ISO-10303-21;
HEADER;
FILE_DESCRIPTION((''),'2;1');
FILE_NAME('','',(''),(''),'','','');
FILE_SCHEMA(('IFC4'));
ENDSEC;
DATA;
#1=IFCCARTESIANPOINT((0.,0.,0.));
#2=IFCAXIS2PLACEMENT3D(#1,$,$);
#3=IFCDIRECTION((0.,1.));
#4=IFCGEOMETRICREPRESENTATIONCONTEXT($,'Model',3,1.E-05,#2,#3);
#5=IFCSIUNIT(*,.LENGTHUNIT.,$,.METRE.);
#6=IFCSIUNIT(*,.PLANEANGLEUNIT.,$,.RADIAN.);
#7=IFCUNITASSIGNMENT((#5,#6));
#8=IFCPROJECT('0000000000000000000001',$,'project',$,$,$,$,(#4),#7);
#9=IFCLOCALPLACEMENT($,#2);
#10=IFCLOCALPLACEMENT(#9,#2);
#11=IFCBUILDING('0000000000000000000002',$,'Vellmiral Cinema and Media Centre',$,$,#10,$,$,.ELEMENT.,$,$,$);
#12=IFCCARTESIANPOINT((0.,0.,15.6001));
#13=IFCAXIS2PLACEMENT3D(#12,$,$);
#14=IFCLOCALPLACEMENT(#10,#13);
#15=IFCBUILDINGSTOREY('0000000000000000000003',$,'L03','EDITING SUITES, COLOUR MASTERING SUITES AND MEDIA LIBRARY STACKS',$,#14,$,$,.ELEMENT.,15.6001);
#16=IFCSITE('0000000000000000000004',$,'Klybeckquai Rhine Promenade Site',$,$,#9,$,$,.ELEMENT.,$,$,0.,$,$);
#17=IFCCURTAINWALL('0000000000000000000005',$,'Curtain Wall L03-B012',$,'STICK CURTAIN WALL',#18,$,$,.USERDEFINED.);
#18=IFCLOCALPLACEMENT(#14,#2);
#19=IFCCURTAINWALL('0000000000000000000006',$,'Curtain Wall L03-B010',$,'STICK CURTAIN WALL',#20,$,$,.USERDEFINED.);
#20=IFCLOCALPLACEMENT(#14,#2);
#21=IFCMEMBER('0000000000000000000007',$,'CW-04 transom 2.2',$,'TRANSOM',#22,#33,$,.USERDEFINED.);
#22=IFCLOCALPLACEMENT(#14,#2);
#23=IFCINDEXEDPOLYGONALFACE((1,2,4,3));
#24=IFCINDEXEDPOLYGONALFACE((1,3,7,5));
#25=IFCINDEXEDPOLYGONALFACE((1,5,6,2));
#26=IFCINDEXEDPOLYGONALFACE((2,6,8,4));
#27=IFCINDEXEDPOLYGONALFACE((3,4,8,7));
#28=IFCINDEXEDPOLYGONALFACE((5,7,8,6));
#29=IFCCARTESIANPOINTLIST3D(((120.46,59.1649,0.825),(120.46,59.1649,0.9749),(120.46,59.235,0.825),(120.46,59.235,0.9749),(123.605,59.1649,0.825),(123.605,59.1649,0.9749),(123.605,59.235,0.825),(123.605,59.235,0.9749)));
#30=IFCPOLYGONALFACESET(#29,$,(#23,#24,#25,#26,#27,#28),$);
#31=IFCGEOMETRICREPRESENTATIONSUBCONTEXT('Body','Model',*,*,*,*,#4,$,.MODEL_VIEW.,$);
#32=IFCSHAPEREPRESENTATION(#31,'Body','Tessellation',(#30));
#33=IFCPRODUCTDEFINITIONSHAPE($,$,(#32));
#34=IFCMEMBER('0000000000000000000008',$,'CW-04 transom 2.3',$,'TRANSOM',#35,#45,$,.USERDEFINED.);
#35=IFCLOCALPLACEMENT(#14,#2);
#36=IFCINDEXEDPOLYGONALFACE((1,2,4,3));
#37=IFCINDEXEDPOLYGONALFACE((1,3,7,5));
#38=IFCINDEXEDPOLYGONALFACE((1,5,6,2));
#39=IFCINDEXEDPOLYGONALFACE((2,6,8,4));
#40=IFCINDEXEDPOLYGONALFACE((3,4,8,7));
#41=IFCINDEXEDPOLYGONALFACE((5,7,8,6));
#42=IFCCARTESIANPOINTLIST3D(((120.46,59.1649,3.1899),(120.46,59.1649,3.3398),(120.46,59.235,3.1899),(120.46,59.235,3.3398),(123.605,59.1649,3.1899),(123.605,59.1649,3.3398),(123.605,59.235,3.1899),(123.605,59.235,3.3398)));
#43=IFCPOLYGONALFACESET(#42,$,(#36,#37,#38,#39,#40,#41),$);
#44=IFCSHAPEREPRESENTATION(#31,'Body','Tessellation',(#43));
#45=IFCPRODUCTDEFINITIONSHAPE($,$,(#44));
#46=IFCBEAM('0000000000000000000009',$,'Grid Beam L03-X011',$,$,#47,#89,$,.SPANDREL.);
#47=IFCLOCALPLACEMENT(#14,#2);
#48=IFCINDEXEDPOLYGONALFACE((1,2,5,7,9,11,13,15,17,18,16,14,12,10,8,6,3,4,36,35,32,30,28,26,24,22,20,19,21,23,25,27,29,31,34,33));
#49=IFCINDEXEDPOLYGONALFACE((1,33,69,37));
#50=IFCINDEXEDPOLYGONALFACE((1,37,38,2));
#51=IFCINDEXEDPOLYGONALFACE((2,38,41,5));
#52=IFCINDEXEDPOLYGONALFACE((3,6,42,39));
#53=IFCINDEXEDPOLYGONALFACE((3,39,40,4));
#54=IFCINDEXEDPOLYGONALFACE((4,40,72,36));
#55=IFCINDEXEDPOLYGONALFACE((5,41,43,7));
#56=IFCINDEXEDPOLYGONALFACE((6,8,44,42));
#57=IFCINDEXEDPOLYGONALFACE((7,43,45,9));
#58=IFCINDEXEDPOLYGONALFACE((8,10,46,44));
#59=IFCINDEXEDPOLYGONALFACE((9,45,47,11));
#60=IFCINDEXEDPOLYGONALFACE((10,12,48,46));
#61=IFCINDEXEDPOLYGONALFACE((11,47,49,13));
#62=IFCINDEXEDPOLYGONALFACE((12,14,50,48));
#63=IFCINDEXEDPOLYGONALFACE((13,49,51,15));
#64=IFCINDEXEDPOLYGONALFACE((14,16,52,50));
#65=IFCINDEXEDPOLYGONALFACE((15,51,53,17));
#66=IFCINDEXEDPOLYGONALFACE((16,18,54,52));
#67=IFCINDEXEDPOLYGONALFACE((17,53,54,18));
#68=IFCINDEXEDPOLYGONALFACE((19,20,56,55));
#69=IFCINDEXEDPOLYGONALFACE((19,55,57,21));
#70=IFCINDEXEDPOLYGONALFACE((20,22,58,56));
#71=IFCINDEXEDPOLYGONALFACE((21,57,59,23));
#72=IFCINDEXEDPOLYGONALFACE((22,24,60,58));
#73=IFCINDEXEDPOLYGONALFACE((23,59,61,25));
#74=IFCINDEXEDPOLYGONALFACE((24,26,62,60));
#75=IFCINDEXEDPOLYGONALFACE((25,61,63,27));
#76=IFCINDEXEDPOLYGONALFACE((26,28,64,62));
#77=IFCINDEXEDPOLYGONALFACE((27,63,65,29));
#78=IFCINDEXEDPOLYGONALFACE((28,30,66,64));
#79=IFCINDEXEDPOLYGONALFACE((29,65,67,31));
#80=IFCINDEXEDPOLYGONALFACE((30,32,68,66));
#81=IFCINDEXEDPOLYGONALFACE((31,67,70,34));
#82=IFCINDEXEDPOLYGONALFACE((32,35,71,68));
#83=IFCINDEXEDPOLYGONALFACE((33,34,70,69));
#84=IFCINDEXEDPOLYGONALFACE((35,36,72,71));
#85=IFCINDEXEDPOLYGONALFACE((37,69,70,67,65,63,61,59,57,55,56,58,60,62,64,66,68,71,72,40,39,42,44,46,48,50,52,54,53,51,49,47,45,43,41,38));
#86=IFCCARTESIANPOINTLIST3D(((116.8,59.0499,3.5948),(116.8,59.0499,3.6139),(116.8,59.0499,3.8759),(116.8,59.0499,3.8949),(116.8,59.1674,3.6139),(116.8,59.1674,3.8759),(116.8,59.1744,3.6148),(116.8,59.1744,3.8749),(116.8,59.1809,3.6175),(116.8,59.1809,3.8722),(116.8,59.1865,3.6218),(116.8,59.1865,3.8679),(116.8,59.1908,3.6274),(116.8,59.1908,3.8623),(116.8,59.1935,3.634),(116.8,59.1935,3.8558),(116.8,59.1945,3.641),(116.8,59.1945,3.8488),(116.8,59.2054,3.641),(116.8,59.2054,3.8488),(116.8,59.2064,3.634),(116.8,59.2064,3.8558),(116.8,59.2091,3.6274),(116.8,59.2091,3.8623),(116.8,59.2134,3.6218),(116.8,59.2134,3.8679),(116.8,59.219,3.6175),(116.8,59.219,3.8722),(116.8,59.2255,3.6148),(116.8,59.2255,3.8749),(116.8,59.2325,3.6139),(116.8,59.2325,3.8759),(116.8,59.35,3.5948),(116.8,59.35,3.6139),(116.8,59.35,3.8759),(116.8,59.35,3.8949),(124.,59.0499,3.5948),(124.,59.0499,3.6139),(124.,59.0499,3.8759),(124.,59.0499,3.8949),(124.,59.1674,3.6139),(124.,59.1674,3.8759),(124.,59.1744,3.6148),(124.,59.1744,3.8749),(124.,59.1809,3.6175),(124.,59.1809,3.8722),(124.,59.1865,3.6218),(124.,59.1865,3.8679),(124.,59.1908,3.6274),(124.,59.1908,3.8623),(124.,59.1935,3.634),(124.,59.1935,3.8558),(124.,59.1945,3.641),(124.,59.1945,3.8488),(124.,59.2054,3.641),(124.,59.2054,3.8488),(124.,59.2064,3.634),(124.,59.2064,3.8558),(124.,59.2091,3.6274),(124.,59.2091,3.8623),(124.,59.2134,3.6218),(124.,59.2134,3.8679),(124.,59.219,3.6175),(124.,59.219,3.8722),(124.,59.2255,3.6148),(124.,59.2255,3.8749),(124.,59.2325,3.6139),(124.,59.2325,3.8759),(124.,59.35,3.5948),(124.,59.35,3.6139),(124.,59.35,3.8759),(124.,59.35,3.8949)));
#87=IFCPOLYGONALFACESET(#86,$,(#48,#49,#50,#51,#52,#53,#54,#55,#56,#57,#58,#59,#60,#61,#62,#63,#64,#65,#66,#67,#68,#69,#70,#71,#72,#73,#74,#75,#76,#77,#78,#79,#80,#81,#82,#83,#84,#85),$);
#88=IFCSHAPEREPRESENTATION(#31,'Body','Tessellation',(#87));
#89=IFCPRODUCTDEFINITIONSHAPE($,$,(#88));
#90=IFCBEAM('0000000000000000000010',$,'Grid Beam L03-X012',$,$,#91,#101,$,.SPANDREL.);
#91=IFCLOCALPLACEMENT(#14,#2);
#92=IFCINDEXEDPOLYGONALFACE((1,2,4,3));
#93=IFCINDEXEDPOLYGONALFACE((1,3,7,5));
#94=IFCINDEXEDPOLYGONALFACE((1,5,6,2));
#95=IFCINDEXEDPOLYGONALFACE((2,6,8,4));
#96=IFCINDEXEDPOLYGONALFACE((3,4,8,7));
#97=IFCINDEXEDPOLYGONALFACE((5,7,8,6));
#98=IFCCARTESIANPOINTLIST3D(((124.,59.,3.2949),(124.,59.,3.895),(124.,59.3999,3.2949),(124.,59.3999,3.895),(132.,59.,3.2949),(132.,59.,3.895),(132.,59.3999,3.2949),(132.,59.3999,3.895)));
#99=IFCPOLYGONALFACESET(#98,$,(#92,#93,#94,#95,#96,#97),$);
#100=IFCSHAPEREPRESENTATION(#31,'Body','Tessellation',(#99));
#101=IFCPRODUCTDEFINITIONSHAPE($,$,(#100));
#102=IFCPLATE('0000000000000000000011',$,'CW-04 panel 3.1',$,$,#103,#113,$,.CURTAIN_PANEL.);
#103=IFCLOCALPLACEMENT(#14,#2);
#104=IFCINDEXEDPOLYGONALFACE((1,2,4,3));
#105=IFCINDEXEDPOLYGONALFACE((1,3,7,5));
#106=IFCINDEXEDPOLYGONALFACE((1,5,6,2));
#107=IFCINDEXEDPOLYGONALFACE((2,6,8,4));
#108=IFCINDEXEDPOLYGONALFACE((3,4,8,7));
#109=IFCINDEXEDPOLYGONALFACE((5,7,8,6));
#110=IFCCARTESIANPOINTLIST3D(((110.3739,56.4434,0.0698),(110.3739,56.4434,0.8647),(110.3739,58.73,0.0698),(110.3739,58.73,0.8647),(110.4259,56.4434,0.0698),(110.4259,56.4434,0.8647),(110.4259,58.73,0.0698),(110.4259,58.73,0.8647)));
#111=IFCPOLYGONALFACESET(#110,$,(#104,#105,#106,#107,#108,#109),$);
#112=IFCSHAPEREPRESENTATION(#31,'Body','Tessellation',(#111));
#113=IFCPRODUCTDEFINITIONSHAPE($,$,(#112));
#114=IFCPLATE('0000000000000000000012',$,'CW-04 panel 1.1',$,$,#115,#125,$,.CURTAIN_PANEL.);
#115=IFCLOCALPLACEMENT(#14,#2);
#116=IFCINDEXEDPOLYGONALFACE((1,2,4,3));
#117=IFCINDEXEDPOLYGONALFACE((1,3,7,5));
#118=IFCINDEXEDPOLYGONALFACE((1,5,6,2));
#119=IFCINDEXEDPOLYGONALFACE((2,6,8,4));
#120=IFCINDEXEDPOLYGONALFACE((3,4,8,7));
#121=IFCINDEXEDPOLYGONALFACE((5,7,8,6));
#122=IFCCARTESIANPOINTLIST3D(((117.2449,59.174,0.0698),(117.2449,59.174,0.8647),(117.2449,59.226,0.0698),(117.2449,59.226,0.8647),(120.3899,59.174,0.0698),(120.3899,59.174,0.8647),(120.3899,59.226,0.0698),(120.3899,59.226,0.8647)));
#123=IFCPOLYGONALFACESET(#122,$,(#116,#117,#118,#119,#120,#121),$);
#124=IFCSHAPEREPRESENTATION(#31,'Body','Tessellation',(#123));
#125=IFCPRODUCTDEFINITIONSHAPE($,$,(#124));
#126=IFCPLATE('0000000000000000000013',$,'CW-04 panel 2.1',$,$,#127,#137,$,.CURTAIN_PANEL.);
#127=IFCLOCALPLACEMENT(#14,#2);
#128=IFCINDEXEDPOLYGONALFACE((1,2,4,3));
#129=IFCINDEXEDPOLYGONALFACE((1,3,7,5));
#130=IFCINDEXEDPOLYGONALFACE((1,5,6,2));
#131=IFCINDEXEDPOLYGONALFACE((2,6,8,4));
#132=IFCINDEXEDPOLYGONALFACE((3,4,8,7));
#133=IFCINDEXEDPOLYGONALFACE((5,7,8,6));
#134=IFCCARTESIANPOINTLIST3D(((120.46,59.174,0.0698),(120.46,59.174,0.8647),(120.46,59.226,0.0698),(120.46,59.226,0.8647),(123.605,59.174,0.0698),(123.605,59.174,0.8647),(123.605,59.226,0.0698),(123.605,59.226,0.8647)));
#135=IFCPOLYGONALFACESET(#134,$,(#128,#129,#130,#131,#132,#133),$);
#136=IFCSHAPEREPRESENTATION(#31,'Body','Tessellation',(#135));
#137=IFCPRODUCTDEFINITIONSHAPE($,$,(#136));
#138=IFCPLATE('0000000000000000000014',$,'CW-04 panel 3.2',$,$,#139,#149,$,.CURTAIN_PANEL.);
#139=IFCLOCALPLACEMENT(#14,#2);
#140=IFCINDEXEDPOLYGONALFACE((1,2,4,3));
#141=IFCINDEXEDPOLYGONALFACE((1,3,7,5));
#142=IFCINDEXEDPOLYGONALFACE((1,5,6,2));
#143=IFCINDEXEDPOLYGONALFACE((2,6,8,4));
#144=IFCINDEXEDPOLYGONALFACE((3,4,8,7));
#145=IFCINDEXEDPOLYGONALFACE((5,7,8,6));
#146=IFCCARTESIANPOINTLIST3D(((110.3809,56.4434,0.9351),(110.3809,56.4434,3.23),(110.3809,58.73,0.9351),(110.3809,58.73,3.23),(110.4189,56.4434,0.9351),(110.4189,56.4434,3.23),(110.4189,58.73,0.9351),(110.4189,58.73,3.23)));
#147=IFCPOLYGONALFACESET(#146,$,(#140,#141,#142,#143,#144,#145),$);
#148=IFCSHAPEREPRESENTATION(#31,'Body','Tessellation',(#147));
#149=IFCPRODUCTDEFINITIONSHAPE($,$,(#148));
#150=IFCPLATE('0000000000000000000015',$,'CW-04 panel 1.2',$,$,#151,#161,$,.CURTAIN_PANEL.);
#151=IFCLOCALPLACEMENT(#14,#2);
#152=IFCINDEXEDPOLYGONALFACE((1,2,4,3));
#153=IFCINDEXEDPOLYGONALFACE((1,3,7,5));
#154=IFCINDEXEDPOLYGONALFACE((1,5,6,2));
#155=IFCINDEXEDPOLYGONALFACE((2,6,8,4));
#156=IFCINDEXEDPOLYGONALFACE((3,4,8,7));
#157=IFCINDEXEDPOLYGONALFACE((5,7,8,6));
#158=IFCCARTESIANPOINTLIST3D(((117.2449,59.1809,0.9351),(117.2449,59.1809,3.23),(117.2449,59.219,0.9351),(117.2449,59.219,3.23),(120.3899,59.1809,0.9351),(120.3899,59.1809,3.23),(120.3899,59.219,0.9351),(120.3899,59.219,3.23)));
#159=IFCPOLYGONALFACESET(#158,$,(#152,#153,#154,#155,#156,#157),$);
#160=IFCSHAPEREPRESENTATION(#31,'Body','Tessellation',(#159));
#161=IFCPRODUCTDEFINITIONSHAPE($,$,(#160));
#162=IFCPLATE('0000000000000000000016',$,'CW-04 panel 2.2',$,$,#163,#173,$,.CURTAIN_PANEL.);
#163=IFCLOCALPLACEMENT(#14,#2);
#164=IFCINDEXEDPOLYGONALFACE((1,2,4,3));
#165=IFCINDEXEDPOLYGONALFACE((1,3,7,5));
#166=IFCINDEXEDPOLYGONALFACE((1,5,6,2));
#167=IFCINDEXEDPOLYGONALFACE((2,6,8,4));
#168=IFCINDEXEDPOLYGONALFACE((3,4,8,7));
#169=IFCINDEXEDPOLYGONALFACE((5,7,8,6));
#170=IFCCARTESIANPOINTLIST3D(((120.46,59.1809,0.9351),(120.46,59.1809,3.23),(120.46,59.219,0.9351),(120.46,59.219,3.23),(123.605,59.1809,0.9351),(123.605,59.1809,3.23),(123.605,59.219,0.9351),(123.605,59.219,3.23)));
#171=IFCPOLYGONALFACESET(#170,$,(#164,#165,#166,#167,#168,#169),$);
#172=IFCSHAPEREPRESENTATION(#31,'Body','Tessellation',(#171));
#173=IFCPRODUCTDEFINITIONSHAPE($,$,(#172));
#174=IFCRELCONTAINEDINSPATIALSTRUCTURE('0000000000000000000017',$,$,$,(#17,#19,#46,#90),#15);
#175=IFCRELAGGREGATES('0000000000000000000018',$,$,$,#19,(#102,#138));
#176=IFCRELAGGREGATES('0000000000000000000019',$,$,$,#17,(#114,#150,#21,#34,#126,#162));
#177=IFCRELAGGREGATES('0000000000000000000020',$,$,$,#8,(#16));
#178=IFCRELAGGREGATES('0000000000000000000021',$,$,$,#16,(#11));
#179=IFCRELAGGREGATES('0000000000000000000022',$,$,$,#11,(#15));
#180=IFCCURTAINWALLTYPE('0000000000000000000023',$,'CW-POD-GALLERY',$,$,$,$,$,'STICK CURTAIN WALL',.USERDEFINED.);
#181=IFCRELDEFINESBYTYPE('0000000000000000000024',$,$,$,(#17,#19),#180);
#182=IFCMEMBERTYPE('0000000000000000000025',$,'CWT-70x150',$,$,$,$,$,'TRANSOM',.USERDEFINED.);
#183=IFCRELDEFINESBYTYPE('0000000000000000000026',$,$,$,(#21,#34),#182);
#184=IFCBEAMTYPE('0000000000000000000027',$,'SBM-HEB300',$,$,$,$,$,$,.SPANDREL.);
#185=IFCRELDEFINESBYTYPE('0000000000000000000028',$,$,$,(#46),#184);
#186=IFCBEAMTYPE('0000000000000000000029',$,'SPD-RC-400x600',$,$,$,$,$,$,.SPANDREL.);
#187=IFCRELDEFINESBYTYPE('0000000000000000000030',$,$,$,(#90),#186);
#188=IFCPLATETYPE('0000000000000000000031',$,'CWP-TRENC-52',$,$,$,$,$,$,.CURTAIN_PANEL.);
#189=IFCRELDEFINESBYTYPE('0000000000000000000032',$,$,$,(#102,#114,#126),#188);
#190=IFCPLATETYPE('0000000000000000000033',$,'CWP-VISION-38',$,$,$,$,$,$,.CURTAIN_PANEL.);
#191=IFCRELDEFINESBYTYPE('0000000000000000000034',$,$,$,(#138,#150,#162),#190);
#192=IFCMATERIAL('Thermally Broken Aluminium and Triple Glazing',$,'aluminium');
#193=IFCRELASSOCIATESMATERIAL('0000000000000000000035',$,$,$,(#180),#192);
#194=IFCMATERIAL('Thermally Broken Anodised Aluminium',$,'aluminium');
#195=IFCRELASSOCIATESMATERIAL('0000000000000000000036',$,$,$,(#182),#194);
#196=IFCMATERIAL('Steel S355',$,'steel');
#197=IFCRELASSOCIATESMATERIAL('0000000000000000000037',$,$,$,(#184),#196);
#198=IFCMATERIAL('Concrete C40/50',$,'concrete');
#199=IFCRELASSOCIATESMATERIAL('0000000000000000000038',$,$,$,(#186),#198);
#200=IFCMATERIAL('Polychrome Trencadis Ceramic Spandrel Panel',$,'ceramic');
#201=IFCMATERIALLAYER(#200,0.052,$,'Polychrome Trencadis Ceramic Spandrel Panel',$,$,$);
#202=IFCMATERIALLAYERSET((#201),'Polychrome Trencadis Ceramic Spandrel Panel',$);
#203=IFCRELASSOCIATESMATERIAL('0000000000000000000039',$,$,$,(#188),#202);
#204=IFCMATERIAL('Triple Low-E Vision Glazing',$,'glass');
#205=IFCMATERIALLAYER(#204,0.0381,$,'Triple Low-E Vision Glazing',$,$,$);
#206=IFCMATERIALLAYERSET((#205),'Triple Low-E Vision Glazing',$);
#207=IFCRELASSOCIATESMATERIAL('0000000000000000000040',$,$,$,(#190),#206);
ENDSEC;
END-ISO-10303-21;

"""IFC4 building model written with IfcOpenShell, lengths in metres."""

from ifc_helpers import new_model, si_unit, direction, frame, origin, origin_2d, place, context, subcontext, project, spatial, rectangle, i_section, extrude, material, layer, layer_set, material_profile, profile_set, type_object, element, aggregate, save


model = new_model("IFC4")

# Units and contexts
model_context = context("Model", 3, precision=1e-05, world=origin(), true_north=direction((0.0, 1.0)))
body_context = subcontext(model_context, "Body", "Model", "MODEL_VIEW")
ifc_project = project(units=[si_unit("LENGTHUNIT", "METRE"), si_unit("PLANEANGLEUNIT", "RADIAN")], contexts=[model_context])

# Site, building, storey
site_placement = place(None, origin())
site = spatial("IfcSite", under=ifc_project, at=site_placement, Name="Klybeckquai Rhine Promenade Site", CompositionType="ELEMENT", RefElevation=0.0)
building_placement = place(site_placement, origin())
building = spatial("IfcBuilding", under=site, at=building_placement, Name="Vellmiral Cinema and Media Centre", CompositionType="ELEMENT")
storey_placement = place(building_placement, frame((0.0, 0.0, 15.6001)))
storey = spatial("IfcBuildingStorey", under=building, at=storey_placement, Name="L03", Description="EDITING SUITES, COLOUR MASTERING SUITES AND MEDIA LIBRARY STACKS", CompositionType="ELEMENT", Elevation=15.6001)

# Curtain walls
ifc_material_1 = material(Name="Thermally Broken Aluminium and Triple Glazing", Category="aluminium")
curtain_wall_type = type_object("IfcCurtainWallType", Name="CW-POD-GALLERY", ElementType="STICK CURTAIN WALL", PredefinedType="USERDEFINED", material=ifc_material_1)
curtain_wall_1_placement = place(storey_placement, origin())
curtain_wall_1 = element("IfcCurtainWall", 1, at=curtain_wall_1_placement, inside=storey, type_object=curtain_wall_type, Name="Curtain Wall L03-B012", ObjectType="STICK CURTAIN WALL", PredefinedType="USERDEFINED")
curtain_wall_2_placement = place(storey_placement, origin())
curtain_wall_2 = element("IfcCurtainWall", 2, at=curtain_wall_2_placement, inside=storey, type_object=curtain_wall_type, Name="Curtain Wall L03-B010", ObjectType="STICK CURTAIN WALL", PredefinedType="USERDEFINED")
ifc_material_2 = material(Name="Thermally Broken Anodised Aluminium", Category="aluminium")
ifc_material_profile_1 = material_profile(ifc_material_2, rectangle(XDim=0.0701, YDim=0.1499, at=origin_2d()), Name="MULL 70x150")
ifc_profile_set_1 = profile_set([ifc_material_profile_1], Name="Thermally Broken Anodised Aluminium")
member_type_1 = type_object("IfcMemberType", Name="CWT-70x150", ElementType="TRANSOM", PredefinedType="USERDEFINED", material=ifc_profile_set_1)

# Members
member_1_placement = place(storey_placement, frame((120.46, 59.2, 0.8999), z_axis=(1.0, 0.0, 0.0), x_axis=(0.0, 1.0, 0.0)))
member_1 = element("IfcMember", 3, at=member_1_placement, type_object=member_type_1, Name="CW-04 transom 2.2", ObjectType="TRANSOM", PredefinedType="USERDEFINED", context=body_context, shape_type="SweptSolid", body=[
    extrude(rectangle(XDim=0.0701, YDim=0.1499, at=origin_2d()), origin(), (0.0, 0.0, 1.0), 3.145),
])
member_2_placement = place(storey_placement, frame((120.46, 59.2, 3.2649), z_axis=(1.0, 0.0, 0.0), x_axis=(0.0, 1.0, 0.0)))
member_2 = element("IfcMember", 4, at=member_2_placement, type_object=member_type_1, Name="CW-04 transom 2.3", ObjectType="TRANSOM", PredefinedType="USERDEFINED", context=body_context, shape_type="SweptSolid", body=[
    extrude(rectangle(XDim=0.0701, YDim=0.1499, at=origin_2d()), origin(), (0.0, 0.0, 1.0), 3.145),
])

# Beams
ifc_material_3 = material(Name="Steel S355", Category="steel")
ifc_material_profile_2 = material_profile(ifc_material_3, i_section(OverallWidth=0.3, OverallDepth=0.3, WebThickness=0.011, FlangeThickness=0.019, FilletRadius=0.0271, at=origin_2d()), Name="HEB 300")
ifc_profile_set_2 = profile_set([ifc_material_profile_2], Name="Steel S355")
beam_type_1 = type_object("IfcBeamType", Name="SBM-HEB300", PredefinedType="SPANDREL", material=ifc_profile_set_2)
beam_1_placement = place(storey_placement, frame((116.8, 59.2, 3.7449), z_axis=(1.0, 0.0, 0.0), x_axis=(0.0, 1.0, 0.0)))
element("IfcBeam", 5, at=beam_1_placement, inside=storey, type_object=beam_type_1, Name="Grid Beam L03-X011", PredefinedType="SPANDREL", context=body_context, shape_type="SweptSolid", body=[
    extrude(i_section(OverallWidth=0.3, OverallDepth=0.3, WebThickness=0.011, FlangeThickness=0.019, FilletRadius=0.0271, at=origin_2d()), origin(), (0.0, 0.0, 1.0), 7.2),
])
ifc_material_4 = material(Name="Concrete C40/50", Category="concrete")
ifc_material_profile_3 = material_profile(ifc_material_4, rectangle(XDim=0.3999, YDim=0.6001, at=origin_2d()), Name="RC 400x600")
ifc_profile_set_3 = profile_set([ifc_material_profile_3], Name="Concrete C40/50")
beam_type_2 = type_object("IfcBeamType", Name="SPD-RC-400x600", PredefinedType="SPANDREL", material=ifc_profile_set_3)
beam_2_placement = place(storey_placement, frame((124.0, 59.2, 3.595), z_axis=(1.0, 0.0, 0.0), x_axis=(0.0, 1.0, 0.0)))
element("IfcBeam", 6, at=beam_2_placement, inside=storey, type_object=beam_type_2, Name="Grid Beam L03-X012", PredefinedType="SPANDREL", context=body_context, shape_type="SweptSolid", body=[
    extrude(rectangle(XDim=0.3999, YDim=0.6001, at=origin_2d()), origin(), (0.0, 0.0, 1.0), 8.0),
])

# Plates
ifc_material_5 = material(Name="Polychrome Trencadis Ceramic Spandrel Panel", Category="ceramic")
ifc_layer_1 = layer(ifc_material_5, 0.052, Name="Polychrome Trencadis Ceramic Spandrel Panel")
ifc_layer_set_1 = layer_set([ifc_layer_1], Name="Polychrome Trencadis Ceramic Spandrel Panel")
plate_type_1 = type_object("IfcPlateType", Name="CWP-TRENC-52", PredefinedType="CURTAIN_PANEL", material=ifc_layer_set_1)
plate_1_placement = place(storey_placement, frame((110.3999, 57.5867, 0.0698), z_axis=(0.0, 0.0, 1.0), x_axis=(0.0, 1.0, 0.0)))
plate_1 = element("IfcPlate", 7, at=plate_1_placement, type_object=plate_type_1, Name="CW-04 panel 3.1", PredefinedType="CURTAIN_PANEL", context=body_context, shape_type="SweptSolid", body=[
    extrude(rectangle(XDim=2.2866, YDim=0.052, at=origin_2d()), origin(), (0.0, 0.0, 1.0), 0.7949),
])
plate_2_placement = place(storey_placement, frame((118.8174, 59.2, 0.0698), z_axis=(0.0, 0.0, 1.0), x_axis=(1.0, 0.0, 0.0)))
plate_2 = element("IfcPlate", 8, at=plate_2_placement, type_object=plate_type_1, Name="CW-04 panel 1.1", PredefinedType="CURTAIN_PANEL", context=body_context, shape_type="SweptSolid", body=[
    extrude(rectangle(XDim=3.145, YDim=0.052, at=origin_2d()), origin(), (0.0, 0.0, 1.0), 0.7949),
])
plate_3_placement = place(storey_placement, frame((122.0325, 59.2, 0.0698), z_axis=(0.0, 0.0, 1.0), x_axis=(1.0, 0.0, 0.0)))
plate_3 = element("IfcPlate", 9, at=plate_3_placement, type_object=plate_type_1, Name="CW-04 panel 2.1", PredefinedType="CURTAIN_PANEL", context=body_context, shape_type="SweptSolid", body=[
    extrude(rectangle(XDim=3.145, YDim=0.052, at=origin_2d()), origin(), (0.0, 0.0, 1.0), 0.7949),
])
ifc_material_6 = material(Name="Triple Low-E Vision Glazing", Category="glass")
ifc_layer_2 = layer(ifc_material_6, 0.0381, Name="Triple Low-E Vision Glazing")
ifc_layer_set_2 = layer_set([ifc_layer_2], Name="Triple Low-E Vision Glazing")
plate_type_2 = type_object("IfcPlateType", Name="CWP-VISION-38", PredefinedType="CURTAIN_PANEL", material=ifc_layer_set_2)
plate_4_placement = place(storey_placement, frame((110.3999, 57.5867, 0.9351), z_axis=(0.0, 0.0, 1.0), x_axis=(0.0, 1.0, 0.0)))
plate_4 = element("IfcPlate", 10, at=plate_4_placement, type_object=plate_type_2, Name="CW-04 panel 3.2", PredefinedType="CURTAIN_PANEL", context=body_context, shape_type="SweptSolid", body=[
    extrude(rectangle(XDim=2.2866, YDim=0.0381, at=origin_2d()), origin(), (0.0, 0.0, 1.0), 2.2949),
])
aggregate(curtain_wall_2, [plate_1, plate_4])
plate_5_placement = place(storey_placement, frame((118.8174, 59.2, 0.9351), z_axis=(0.0, 0.0, 1.0), x_axis=(1.0, 0.0, 0.0)))
plate_5 = element("IfcPlate", 11, at=plate_5_placement, type_object=plate_type_2, Name="CW-04 panel 1.2", PredefinedType="CURTAIN_PANEL", context=body_context, shape_type="SweptSolid", body=[
    extrude(rectangle(XDim=3.145, YDim=0.0381, at=origin_2d()), origin(), (0.0, 0.0, 1.0), 2.2949),
])
plate_6_placement = place(storey_placement, frame((122.0325, 59.2, 0.9351), z_axis=(0.0, 0.0, 1.0), x_axis=(1.0, 0.0, 0.0)))
plate_6 = element("IfcPlate", 12, at=plate_6_placement, type_object=plate_type_2, Name="CW-04 panel 2.2", PredefinedType="CURTAIN_PANEL", context=body_context, shape_type="SweptSolid", body=[
    extrude(rectangle(XDim=3.145, YDim=0.0381, at=origin_2d()), origin(), (0.0, 0.0, 1.0), 2.2949),
])
aggregate(curtain_wall_1, [plate_2, plate_5, member_1, member_2, plate_3, plate_6])

save(model, "model.ifc")
